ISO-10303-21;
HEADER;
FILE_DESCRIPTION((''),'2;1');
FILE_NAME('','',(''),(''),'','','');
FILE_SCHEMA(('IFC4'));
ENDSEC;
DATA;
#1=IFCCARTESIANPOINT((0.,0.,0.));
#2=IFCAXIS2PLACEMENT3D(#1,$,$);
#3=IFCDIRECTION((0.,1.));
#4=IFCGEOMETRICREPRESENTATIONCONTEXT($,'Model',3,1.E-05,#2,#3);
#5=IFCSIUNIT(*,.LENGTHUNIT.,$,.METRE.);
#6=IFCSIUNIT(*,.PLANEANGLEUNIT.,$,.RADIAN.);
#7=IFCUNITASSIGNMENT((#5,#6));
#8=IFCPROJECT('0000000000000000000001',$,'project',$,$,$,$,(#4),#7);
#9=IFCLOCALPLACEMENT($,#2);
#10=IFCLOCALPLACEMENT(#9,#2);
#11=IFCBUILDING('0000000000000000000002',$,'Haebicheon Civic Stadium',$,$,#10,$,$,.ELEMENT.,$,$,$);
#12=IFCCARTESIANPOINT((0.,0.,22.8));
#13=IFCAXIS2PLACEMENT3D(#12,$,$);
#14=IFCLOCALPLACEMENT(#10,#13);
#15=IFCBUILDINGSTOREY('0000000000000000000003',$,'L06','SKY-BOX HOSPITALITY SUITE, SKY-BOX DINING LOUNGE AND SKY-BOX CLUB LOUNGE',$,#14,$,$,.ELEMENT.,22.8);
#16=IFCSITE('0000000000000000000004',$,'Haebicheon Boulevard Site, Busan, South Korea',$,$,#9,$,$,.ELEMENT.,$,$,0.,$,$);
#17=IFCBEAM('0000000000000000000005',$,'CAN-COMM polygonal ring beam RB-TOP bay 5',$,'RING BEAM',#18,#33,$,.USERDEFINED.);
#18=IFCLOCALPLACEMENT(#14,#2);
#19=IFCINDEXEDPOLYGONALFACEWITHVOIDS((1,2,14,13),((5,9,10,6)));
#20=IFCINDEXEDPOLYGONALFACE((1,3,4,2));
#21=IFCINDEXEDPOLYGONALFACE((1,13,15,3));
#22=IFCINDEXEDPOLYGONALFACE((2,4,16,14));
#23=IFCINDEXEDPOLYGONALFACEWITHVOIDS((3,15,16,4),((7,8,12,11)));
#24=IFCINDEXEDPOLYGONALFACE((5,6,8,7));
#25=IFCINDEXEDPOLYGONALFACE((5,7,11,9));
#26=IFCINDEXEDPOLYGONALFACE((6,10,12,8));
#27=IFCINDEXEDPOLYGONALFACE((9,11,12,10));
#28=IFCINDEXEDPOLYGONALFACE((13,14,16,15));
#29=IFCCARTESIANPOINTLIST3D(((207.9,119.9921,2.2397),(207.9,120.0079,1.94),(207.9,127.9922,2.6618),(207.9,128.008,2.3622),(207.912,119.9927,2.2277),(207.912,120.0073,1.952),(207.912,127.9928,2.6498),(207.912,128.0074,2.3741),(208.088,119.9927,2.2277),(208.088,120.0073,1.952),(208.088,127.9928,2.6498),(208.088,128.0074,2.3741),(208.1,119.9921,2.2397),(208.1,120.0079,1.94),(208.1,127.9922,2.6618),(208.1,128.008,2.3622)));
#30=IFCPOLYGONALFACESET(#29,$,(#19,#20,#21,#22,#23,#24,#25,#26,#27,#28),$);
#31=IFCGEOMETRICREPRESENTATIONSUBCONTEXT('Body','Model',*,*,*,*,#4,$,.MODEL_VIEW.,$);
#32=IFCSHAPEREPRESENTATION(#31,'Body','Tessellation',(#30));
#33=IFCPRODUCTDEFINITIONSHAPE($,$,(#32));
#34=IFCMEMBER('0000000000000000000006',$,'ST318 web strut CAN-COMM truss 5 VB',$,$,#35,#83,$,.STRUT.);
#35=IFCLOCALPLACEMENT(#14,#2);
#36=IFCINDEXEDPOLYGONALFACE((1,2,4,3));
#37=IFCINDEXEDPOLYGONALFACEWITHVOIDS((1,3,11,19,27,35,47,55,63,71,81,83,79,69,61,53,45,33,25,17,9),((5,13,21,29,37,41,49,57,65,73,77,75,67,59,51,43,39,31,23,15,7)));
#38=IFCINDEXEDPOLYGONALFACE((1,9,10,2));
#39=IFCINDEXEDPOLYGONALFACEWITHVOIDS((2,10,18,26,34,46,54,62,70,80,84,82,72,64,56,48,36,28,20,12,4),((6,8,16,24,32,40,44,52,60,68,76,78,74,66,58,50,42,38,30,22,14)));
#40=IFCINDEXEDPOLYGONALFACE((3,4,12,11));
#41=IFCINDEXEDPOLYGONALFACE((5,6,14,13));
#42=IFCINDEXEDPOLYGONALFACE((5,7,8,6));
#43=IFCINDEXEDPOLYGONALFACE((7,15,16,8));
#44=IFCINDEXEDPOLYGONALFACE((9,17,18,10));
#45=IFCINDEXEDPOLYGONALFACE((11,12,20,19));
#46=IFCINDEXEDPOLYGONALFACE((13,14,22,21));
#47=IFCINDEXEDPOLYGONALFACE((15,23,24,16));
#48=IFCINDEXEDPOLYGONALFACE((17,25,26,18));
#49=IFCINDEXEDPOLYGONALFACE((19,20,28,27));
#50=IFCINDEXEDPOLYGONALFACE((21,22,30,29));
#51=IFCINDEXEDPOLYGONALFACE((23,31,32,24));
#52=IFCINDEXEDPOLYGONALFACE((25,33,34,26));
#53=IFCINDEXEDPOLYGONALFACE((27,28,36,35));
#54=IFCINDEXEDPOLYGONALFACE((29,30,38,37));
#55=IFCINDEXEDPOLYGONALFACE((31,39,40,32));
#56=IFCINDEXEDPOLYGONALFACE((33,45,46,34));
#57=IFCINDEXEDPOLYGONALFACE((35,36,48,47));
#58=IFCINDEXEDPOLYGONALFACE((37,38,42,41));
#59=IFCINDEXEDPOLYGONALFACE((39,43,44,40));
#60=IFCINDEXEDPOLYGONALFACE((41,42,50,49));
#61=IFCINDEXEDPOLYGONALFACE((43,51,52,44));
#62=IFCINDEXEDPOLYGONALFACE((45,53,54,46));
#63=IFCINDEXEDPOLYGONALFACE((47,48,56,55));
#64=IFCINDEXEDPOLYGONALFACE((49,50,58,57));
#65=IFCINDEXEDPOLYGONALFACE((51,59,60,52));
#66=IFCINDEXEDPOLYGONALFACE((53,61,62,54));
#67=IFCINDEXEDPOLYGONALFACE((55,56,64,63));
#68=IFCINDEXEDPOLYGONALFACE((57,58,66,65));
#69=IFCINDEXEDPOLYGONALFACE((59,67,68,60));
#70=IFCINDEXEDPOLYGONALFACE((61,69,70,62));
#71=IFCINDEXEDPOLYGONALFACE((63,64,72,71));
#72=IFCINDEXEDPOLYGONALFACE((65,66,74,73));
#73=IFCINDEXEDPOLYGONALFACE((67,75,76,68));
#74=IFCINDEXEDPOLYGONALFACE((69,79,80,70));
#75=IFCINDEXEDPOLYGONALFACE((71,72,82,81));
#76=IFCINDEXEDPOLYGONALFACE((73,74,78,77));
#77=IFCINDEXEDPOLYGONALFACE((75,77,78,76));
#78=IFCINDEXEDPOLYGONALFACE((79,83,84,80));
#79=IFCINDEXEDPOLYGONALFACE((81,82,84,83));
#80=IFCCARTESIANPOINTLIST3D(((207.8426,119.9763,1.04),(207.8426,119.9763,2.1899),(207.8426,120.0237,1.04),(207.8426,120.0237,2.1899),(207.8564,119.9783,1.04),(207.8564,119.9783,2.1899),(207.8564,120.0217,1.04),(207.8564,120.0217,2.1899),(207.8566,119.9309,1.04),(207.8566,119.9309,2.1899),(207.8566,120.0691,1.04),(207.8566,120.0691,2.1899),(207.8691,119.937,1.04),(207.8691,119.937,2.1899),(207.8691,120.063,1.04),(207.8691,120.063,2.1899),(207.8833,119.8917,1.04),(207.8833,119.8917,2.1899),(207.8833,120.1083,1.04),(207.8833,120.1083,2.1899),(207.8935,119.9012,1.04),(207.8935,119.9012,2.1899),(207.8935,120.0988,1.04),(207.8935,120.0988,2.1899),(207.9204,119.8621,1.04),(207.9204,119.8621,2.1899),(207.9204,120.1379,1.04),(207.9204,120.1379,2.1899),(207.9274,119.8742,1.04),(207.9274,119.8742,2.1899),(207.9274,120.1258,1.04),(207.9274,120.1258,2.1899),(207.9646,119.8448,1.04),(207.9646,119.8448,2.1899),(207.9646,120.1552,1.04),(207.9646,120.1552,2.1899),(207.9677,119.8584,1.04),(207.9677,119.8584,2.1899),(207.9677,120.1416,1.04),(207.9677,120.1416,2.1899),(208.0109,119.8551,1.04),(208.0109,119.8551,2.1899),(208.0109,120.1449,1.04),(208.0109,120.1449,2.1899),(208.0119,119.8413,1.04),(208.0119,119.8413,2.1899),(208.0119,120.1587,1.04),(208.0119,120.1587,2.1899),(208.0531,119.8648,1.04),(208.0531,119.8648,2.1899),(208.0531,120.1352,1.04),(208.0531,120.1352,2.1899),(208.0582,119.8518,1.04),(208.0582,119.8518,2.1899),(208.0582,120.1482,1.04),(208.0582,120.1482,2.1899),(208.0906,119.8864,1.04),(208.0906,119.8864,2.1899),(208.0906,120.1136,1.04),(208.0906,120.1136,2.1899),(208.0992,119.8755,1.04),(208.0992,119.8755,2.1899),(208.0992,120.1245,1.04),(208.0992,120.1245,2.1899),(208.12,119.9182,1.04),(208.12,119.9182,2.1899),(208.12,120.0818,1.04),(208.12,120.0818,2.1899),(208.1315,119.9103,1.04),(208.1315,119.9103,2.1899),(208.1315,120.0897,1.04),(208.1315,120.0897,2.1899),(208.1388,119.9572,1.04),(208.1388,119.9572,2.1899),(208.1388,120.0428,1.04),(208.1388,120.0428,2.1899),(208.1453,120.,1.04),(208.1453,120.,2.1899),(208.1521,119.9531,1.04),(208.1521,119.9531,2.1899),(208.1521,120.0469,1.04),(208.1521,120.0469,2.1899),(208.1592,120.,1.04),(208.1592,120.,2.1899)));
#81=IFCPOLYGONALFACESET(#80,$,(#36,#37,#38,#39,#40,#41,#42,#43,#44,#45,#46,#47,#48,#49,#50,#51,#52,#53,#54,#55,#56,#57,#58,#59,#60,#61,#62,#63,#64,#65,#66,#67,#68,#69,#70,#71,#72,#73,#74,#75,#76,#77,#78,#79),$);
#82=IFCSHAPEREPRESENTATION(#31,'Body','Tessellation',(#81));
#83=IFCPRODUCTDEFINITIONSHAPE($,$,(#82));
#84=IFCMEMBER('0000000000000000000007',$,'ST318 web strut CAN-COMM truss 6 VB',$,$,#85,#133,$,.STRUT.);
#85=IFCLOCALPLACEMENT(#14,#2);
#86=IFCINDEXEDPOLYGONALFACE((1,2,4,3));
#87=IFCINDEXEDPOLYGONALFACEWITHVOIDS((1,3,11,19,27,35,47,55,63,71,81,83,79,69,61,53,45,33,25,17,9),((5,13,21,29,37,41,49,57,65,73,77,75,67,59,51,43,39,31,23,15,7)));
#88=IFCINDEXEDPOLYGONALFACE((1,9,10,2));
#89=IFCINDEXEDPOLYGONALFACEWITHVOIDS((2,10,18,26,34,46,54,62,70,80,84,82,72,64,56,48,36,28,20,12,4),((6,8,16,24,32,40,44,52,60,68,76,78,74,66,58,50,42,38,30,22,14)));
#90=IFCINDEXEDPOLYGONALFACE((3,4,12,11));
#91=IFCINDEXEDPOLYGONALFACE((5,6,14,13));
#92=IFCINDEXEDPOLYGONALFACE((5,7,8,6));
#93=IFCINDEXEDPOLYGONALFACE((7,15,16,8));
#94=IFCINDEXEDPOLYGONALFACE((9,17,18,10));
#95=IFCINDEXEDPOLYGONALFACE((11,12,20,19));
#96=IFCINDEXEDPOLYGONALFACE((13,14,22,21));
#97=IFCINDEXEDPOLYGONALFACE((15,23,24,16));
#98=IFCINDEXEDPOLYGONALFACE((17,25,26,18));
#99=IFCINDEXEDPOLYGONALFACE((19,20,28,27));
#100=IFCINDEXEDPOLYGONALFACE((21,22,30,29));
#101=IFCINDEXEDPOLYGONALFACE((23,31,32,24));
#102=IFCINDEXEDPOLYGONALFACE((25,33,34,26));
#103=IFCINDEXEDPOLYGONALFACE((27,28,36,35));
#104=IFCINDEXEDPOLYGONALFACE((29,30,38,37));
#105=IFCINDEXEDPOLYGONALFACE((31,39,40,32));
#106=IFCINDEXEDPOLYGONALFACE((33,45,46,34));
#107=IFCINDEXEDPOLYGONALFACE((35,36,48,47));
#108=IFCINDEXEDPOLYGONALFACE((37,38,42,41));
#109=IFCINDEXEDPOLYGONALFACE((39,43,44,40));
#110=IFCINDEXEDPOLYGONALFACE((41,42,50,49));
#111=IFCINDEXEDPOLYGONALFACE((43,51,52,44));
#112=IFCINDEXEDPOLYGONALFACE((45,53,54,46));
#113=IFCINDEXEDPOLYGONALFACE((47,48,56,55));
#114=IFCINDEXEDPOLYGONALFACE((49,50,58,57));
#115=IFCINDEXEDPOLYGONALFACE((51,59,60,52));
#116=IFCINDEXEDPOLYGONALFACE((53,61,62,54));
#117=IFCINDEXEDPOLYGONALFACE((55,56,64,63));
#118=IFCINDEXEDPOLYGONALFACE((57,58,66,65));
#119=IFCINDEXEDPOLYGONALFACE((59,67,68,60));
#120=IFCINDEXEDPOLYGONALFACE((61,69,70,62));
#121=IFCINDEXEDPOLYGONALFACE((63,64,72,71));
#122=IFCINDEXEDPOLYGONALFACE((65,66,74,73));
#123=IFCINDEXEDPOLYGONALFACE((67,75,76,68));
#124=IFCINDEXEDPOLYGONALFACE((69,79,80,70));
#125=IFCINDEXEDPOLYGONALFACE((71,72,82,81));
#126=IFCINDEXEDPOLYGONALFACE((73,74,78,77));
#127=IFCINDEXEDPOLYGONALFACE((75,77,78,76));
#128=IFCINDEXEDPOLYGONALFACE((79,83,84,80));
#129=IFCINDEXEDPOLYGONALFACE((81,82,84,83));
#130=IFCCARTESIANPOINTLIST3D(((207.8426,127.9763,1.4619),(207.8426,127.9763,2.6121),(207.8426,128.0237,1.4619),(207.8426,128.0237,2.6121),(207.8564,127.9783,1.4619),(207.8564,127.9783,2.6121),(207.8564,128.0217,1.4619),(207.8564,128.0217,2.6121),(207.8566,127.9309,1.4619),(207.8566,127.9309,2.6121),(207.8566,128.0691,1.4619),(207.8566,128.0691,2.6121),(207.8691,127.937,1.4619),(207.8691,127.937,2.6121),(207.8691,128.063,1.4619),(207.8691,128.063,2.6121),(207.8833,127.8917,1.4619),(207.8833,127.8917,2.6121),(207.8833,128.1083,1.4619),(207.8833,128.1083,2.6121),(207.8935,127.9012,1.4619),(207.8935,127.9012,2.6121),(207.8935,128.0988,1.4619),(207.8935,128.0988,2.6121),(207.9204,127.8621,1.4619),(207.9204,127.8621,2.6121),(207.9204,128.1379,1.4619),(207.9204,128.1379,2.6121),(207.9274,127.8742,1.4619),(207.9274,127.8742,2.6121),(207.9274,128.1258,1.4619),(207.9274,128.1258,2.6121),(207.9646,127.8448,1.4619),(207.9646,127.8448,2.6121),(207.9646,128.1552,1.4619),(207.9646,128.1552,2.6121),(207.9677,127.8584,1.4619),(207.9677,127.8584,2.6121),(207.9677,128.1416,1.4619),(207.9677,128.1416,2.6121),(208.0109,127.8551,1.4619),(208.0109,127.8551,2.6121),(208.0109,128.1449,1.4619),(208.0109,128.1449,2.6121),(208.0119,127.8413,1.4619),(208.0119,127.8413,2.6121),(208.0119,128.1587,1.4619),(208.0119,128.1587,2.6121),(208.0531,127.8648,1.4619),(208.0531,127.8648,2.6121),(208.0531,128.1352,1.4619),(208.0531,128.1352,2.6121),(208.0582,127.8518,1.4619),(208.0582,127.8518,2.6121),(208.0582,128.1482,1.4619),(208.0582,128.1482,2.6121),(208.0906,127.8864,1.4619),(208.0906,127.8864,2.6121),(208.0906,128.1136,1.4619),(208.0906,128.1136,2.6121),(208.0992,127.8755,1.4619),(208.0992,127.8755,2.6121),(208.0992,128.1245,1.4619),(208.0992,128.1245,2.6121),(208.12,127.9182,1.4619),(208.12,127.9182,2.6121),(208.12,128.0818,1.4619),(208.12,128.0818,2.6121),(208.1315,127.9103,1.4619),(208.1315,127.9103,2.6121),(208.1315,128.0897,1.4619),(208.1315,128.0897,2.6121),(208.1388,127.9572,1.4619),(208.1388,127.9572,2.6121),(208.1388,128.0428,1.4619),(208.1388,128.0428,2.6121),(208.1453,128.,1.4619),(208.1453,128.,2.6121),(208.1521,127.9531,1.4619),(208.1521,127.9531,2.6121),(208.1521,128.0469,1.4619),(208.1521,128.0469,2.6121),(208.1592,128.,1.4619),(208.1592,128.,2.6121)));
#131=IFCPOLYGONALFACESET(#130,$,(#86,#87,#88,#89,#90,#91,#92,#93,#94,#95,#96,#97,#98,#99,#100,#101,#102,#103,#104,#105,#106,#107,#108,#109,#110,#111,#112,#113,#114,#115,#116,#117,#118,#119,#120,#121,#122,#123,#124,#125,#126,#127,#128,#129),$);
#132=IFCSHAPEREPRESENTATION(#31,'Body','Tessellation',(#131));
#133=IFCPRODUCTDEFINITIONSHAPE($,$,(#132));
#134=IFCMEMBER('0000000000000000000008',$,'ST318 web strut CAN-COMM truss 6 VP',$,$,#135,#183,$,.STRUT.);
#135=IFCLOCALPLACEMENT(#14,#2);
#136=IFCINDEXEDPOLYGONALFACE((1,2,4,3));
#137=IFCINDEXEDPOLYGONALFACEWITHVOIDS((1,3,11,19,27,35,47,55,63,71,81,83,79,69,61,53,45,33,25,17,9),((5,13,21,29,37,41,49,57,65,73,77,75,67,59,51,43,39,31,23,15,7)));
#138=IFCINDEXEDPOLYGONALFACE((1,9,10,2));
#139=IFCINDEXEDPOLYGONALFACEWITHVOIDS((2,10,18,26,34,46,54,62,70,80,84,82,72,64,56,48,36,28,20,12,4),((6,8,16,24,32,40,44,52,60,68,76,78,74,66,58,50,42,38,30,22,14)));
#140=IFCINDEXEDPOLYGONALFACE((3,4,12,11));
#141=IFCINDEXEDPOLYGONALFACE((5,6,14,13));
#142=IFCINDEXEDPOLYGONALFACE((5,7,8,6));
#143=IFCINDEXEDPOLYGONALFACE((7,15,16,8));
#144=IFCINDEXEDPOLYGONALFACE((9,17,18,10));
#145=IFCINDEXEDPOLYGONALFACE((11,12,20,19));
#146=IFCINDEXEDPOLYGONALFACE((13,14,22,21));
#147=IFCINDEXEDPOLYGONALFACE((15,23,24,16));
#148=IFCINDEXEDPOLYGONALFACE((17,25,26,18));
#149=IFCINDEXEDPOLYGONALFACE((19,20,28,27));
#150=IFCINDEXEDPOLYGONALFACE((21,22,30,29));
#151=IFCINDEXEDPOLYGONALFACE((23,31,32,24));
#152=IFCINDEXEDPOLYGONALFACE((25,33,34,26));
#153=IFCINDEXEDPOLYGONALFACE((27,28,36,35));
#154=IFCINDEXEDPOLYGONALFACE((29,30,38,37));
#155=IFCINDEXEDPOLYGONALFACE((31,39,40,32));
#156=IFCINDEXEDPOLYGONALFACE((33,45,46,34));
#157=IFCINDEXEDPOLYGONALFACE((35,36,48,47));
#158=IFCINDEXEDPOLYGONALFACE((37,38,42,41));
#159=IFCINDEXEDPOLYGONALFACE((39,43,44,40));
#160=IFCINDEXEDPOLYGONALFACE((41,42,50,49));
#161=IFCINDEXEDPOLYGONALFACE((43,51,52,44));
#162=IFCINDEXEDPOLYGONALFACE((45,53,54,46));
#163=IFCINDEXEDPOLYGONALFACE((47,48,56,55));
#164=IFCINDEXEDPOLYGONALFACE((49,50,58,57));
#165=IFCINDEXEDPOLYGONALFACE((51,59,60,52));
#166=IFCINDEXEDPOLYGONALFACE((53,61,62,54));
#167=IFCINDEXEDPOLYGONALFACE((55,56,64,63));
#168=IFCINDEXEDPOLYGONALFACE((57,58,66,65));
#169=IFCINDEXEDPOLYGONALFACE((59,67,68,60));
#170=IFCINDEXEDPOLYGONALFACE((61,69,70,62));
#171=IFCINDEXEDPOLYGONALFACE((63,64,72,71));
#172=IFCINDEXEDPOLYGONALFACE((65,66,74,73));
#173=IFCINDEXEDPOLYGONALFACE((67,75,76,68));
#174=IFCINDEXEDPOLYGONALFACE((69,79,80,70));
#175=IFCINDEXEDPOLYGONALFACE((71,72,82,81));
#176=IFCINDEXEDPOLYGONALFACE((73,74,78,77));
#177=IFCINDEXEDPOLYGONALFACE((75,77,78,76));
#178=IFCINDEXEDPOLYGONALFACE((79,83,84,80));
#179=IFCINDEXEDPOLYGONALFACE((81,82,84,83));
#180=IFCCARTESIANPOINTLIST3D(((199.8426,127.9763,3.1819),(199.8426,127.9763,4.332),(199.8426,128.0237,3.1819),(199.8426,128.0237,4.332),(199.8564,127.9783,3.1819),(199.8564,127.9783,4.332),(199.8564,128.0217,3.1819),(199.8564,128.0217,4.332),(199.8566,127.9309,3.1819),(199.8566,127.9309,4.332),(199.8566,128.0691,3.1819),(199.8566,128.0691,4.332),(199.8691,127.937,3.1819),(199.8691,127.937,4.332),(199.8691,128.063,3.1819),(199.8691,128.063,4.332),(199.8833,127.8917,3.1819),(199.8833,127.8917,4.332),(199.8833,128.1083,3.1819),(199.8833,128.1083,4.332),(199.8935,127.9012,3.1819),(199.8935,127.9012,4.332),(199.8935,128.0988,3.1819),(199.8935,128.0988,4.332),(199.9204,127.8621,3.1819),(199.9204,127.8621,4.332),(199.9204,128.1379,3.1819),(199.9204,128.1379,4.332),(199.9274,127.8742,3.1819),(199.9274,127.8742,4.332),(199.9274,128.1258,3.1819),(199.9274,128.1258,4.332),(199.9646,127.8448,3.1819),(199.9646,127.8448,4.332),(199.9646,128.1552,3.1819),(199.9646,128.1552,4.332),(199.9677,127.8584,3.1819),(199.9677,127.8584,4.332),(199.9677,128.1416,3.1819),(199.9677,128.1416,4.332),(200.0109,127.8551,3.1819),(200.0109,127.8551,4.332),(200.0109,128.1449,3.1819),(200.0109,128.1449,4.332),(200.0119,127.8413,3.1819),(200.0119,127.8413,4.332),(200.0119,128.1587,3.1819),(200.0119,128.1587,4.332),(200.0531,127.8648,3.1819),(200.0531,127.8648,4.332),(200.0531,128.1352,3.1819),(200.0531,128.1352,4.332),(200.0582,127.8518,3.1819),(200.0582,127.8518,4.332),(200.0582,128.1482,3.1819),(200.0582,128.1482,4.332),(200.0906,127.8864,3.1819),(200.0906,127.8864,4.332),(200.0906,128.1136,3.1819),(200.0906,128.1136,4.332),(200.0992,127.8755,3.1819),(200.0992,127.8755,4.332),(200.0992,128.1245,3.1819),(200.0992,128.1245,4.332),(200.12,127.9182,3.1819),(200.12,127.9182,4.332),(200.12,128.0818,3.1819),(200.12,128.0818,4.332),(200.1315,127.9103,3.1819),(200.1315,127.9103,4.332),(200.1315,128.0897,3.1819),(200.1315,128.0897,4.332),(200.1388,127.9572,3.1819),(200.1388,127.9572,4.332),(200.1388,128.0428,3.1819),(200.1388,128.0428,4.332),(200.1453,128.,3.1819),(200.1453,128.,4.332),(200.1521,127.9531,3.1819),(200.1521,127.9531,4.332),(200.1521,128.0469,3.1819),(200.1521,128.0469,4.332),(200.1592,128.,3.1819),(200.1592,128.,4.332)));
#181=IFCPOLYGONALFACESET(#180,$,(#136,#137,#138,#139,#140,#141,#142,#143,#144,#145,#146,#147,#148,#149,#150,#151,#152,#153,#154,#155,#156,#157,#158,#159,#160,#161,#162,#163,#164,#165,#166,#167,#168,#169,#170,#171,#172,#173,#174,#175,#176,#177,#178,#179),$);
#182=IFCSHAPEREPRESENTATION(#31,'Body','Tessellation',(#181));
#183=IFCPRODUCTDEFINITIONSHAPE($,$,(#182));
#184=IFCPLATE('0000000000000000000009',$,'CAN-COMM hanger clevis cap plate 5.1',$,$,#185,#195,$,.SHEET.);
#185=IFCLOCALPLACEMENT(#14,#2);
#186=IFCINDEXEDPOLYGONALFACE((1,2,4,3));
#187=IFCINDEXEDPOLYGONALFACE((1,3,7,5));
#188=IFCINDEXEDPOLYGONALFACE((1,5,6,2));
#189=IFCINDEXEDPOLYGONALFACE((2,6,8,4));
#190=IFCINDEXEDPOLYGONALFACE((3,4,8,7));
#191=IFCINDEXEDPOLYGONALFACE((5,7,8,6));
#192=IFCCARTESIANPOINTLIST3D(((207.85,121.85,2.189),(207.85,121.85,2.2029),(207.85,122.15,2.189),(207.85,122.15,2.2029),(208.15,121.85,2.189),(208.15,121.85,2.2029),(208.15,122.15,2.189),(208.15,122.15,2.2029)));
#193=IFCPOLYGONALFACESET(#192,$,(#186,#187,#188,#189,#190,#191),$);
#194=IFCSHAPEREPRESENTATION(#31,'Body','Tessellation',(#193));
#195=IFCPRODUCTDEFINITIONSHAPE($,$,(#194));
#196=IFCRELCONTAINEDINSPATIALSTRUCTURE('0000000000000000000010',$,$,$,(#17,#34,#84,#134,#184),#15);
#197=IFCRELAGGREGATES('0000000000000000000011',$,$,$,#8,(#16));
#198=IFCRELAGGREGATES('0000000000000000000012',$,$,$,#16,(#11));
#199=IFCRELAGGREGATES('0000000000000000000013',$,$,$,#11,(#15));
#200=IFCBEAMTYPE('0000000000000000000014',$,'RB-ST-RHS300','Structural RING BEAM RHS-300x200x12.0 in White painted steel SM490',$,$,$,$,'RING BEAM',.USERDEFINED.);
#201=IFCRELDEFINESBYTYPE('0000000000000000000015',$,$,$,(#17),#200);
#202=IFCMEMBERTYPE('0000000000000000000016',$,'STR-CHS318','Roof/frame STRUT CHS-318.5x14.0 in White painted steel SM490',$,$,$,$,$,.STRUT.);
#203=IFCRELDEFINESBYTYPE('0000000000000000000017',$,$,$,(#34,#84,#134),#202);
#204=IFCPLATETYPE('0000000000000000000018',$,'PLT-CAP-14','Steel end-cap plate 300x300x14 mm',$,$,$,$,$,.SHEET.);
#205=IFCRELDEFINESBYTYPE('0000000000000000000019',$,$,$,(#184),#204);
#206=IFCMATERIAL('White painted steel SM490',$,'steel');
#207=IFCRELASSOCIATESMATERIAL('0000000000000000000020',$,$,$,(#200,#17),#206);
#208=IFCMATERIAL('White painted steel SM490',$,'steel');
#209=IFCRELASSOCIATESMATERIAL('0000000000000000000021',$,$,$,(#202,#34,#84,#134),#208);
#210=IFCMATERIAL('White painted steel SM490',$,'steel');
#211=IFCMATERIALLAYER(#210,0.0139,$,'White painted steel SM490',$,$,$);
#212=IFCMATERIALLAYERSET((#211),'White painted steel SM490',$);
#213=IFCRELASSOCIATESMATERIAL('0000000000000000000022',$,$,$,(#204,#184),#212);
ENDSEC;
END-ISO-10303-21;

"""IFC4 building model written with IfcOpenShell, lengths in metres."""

from ifc_helpers import new_model, si_unit, direction, frame, origin, origin_2d, place, context, subcontext, project, spatial, rectangle, hollow_rectangle, hollow_circle, extrude, material, layer, layer_set, material_profile, profile_set, type_object, element, save


model = new_model("IFC4")

# Units and contexts
model_context = context("Model", 3, precision=1e-05, world=origin(), true_north=direction((0.0, 1.0)))
body_context = subcontext(model_context, "Body", "Model", "MODEL_VIEW")
ifc_project = project(units=[si_unit("LENGTHUNIT", "METRE"), si_unit("PLANEANGLEUNIT", "RADIAN")], contexts=[model_context])

# Site, building, storey
site_placement = place(None, origin())
site = spatial("IfcSite", under=ifc_project, at=site_placement, Name="Haebicheon Boulevard Site, Busan, South Korea", CompositionType="ELEMENT", RefElevation=0.0)
building_placement = place(site_placement, origin())
building = spatial("IfcBuilding", under=site, at=building_placement, Name="Haebicheon Civic Stadium", CompositionType="ELEMENT")
storey_placement = place(building_placement, frame((0.0, 0.0, 22.8)))
storey = spatial("IfcBuildingStorey", under=building, at=storey_placement, Name="L06", Description="SKY-BOX HOSPITALITY SUITE, SKY-BOX DINING LOUNGE AND SKY-BOX CLUB LOUNGE", CompositionType="ELEMENT", Elevation=22.8)

# Beam
ifc_material_1 = material(Name="White painted steel SM490", Category="steel")
ifc_material_profile_1 = material_profile(ifc_material_1, hollow_rectangle(XDim=0.2, YDim=0.3, WallThickness=0.012, at=origin_2d()), Name="RHS-300x200x12.0")
ifc_profile_set_1 = profile_set([ifc_material_profile_1], Name="White painted steel SM490")
beam_type_1 = type_object("IfcBeamType", Name="RB-ST-RHS300", Description="Structural RING BEAM RHS-300x200x12.0 in White painted steel SM490", ElementType="RING BEAM", PredefinedType="USERDEFINED", material=ifc_profile_set_1)
beam_1_placement = place(storey_placement, frame((208.0, 120.0, 2.0898), z_axis=(0.0, 0.998611, 0.052692), x_axis=(-1.0, 0.0, 0.0)))
element("IfcBeam", 1, at=beam_1_placement, inside=storey, type_object=beam_type_1, material=ifc_profile_set_1, Name="CAN-COMM polygonal ring beam RB-TOP bay 5", ObjectType="RING BEAM", PredefinedType="USERDEFINED", context=body_context, shape_type="SweptSolid", body=[
    extrude(hollow_rectangle(XDim=0.2, YDim=0.3, WallThickness=0.012, at=origin_2d()), origin(), (0.0, 0.0, 1.0), 8.0112),
])

# Members
ifc_material_2 = material(Name="White painted steel SM490", Category="steel")
ifc_material_profile_2 = material_profile(ifc_material_2, hollow_circle(Radius=0.1592, WallThickness=0.0139, at=origin_2d()), Name="CHS-318.5x14.0")
ifc_profile_set_2 = profile_set([ifc_material_profile_2], Name="White painted steel SM490")
member_type_1 = type_object("IfcMemberType", Name="STR-CHS318", Description="Roof/frame STRUT CHS-318.5x14.0 in White painted steel SM490", PredefinedType="STRUT", material=ifc_profile_set_2)
member_1_placement = place(storey_placement, frame((208.0, 120.0, 1.04), z_axis=(0.0, 0.0, 1.0), x_axis=(1.0, 0.0, 0.0)))
element("IfcMember", 2, at=member_1_placement, inside=storey, type_object=member_type_1, material=ifc_profile_set_2, Name="ST318 web strut CAN-COMM truss 5 VB", PredefinedType="STRUT", context=body_context, shape_type="SweptSolid", body=[
    extrude(hollow_circle(Radius=0.1592, WallThickness=0.0139, at=origin_2d()), origin(), (0.0, 0.0, 1.0), 1.1499),
])
for number, where, z_axis, x_axis, name in (
    (3, (208.0, 128.0, 1.4619), (0.0, 0.0, 1.0), (1.0, 0.0, 0.0), "ST318 web strut CAN-COMM truss 6 VB"),
    (4, (200.0, 128.0, 3.1819), (0.0, 0.0, 1.0), (1.0, 0.0, 0.0), "ST318 web strut CAN-COMM truss 6 VP"),
):
    element("IfcMember", number, at=place(storey_placement, frame(where, z_axis=z_axis, x_axis=x_axis)), inside=storey, type_object=member_type_1, material=ifc_profile_set_2, Name=name, PredefinedType="STRUT", context=body_context, shape_type="SweptSolid", body=[
        extrude(hollow_circle(Radius=0.1592, WallThickness=0.0139, at=origin_2d()), origin(), (0.0, 0.0, 1.0), 1.1501),
    ])

# Plate
ifc_material_3 = material(Name="White painted steel SM490", Category="steel")
ifc_layer_1 = layer(ifc_material_3, 0.0139, Name="White painted steel SM490")
ifc_layer_set_1 = layer_set([ifc_layer_1], Name="White painted steel SM490")
plate_type_1 = type_object("IfcPlateType", Name="PLT-CAP-14", Description="Steel end-cap plate 300x300x14 mm", PredefinedType="SHEET", material=ifc_layer_set_1)
for number, where, z_axis, x_axis, name in (
    (5, (208.0, 122.0, 2.189), (0.0, 0.0, 1.0), (1.0, 0.0, 0.0), "CAN-COMM hanger clevis cap plate 5.1"),
):
    element("IfcPlate", number, at=place(storey_placement, frame(where, z_axis=z_axis, x_axis=x_axis)), inside=storey, type_object=plate_type_1, material=ifc_layer_set_1, Name=name, PredefinedType="SHEET", context=body_context, shape_type="SweptSolid", body=[
        extrude(rectangle(XDim=0.3, YDim=0.3, at=origin_2d()), origin(), (0.0, 0.0, 1.0), 0.0139),
    ])

save(model, "model.ifc")
